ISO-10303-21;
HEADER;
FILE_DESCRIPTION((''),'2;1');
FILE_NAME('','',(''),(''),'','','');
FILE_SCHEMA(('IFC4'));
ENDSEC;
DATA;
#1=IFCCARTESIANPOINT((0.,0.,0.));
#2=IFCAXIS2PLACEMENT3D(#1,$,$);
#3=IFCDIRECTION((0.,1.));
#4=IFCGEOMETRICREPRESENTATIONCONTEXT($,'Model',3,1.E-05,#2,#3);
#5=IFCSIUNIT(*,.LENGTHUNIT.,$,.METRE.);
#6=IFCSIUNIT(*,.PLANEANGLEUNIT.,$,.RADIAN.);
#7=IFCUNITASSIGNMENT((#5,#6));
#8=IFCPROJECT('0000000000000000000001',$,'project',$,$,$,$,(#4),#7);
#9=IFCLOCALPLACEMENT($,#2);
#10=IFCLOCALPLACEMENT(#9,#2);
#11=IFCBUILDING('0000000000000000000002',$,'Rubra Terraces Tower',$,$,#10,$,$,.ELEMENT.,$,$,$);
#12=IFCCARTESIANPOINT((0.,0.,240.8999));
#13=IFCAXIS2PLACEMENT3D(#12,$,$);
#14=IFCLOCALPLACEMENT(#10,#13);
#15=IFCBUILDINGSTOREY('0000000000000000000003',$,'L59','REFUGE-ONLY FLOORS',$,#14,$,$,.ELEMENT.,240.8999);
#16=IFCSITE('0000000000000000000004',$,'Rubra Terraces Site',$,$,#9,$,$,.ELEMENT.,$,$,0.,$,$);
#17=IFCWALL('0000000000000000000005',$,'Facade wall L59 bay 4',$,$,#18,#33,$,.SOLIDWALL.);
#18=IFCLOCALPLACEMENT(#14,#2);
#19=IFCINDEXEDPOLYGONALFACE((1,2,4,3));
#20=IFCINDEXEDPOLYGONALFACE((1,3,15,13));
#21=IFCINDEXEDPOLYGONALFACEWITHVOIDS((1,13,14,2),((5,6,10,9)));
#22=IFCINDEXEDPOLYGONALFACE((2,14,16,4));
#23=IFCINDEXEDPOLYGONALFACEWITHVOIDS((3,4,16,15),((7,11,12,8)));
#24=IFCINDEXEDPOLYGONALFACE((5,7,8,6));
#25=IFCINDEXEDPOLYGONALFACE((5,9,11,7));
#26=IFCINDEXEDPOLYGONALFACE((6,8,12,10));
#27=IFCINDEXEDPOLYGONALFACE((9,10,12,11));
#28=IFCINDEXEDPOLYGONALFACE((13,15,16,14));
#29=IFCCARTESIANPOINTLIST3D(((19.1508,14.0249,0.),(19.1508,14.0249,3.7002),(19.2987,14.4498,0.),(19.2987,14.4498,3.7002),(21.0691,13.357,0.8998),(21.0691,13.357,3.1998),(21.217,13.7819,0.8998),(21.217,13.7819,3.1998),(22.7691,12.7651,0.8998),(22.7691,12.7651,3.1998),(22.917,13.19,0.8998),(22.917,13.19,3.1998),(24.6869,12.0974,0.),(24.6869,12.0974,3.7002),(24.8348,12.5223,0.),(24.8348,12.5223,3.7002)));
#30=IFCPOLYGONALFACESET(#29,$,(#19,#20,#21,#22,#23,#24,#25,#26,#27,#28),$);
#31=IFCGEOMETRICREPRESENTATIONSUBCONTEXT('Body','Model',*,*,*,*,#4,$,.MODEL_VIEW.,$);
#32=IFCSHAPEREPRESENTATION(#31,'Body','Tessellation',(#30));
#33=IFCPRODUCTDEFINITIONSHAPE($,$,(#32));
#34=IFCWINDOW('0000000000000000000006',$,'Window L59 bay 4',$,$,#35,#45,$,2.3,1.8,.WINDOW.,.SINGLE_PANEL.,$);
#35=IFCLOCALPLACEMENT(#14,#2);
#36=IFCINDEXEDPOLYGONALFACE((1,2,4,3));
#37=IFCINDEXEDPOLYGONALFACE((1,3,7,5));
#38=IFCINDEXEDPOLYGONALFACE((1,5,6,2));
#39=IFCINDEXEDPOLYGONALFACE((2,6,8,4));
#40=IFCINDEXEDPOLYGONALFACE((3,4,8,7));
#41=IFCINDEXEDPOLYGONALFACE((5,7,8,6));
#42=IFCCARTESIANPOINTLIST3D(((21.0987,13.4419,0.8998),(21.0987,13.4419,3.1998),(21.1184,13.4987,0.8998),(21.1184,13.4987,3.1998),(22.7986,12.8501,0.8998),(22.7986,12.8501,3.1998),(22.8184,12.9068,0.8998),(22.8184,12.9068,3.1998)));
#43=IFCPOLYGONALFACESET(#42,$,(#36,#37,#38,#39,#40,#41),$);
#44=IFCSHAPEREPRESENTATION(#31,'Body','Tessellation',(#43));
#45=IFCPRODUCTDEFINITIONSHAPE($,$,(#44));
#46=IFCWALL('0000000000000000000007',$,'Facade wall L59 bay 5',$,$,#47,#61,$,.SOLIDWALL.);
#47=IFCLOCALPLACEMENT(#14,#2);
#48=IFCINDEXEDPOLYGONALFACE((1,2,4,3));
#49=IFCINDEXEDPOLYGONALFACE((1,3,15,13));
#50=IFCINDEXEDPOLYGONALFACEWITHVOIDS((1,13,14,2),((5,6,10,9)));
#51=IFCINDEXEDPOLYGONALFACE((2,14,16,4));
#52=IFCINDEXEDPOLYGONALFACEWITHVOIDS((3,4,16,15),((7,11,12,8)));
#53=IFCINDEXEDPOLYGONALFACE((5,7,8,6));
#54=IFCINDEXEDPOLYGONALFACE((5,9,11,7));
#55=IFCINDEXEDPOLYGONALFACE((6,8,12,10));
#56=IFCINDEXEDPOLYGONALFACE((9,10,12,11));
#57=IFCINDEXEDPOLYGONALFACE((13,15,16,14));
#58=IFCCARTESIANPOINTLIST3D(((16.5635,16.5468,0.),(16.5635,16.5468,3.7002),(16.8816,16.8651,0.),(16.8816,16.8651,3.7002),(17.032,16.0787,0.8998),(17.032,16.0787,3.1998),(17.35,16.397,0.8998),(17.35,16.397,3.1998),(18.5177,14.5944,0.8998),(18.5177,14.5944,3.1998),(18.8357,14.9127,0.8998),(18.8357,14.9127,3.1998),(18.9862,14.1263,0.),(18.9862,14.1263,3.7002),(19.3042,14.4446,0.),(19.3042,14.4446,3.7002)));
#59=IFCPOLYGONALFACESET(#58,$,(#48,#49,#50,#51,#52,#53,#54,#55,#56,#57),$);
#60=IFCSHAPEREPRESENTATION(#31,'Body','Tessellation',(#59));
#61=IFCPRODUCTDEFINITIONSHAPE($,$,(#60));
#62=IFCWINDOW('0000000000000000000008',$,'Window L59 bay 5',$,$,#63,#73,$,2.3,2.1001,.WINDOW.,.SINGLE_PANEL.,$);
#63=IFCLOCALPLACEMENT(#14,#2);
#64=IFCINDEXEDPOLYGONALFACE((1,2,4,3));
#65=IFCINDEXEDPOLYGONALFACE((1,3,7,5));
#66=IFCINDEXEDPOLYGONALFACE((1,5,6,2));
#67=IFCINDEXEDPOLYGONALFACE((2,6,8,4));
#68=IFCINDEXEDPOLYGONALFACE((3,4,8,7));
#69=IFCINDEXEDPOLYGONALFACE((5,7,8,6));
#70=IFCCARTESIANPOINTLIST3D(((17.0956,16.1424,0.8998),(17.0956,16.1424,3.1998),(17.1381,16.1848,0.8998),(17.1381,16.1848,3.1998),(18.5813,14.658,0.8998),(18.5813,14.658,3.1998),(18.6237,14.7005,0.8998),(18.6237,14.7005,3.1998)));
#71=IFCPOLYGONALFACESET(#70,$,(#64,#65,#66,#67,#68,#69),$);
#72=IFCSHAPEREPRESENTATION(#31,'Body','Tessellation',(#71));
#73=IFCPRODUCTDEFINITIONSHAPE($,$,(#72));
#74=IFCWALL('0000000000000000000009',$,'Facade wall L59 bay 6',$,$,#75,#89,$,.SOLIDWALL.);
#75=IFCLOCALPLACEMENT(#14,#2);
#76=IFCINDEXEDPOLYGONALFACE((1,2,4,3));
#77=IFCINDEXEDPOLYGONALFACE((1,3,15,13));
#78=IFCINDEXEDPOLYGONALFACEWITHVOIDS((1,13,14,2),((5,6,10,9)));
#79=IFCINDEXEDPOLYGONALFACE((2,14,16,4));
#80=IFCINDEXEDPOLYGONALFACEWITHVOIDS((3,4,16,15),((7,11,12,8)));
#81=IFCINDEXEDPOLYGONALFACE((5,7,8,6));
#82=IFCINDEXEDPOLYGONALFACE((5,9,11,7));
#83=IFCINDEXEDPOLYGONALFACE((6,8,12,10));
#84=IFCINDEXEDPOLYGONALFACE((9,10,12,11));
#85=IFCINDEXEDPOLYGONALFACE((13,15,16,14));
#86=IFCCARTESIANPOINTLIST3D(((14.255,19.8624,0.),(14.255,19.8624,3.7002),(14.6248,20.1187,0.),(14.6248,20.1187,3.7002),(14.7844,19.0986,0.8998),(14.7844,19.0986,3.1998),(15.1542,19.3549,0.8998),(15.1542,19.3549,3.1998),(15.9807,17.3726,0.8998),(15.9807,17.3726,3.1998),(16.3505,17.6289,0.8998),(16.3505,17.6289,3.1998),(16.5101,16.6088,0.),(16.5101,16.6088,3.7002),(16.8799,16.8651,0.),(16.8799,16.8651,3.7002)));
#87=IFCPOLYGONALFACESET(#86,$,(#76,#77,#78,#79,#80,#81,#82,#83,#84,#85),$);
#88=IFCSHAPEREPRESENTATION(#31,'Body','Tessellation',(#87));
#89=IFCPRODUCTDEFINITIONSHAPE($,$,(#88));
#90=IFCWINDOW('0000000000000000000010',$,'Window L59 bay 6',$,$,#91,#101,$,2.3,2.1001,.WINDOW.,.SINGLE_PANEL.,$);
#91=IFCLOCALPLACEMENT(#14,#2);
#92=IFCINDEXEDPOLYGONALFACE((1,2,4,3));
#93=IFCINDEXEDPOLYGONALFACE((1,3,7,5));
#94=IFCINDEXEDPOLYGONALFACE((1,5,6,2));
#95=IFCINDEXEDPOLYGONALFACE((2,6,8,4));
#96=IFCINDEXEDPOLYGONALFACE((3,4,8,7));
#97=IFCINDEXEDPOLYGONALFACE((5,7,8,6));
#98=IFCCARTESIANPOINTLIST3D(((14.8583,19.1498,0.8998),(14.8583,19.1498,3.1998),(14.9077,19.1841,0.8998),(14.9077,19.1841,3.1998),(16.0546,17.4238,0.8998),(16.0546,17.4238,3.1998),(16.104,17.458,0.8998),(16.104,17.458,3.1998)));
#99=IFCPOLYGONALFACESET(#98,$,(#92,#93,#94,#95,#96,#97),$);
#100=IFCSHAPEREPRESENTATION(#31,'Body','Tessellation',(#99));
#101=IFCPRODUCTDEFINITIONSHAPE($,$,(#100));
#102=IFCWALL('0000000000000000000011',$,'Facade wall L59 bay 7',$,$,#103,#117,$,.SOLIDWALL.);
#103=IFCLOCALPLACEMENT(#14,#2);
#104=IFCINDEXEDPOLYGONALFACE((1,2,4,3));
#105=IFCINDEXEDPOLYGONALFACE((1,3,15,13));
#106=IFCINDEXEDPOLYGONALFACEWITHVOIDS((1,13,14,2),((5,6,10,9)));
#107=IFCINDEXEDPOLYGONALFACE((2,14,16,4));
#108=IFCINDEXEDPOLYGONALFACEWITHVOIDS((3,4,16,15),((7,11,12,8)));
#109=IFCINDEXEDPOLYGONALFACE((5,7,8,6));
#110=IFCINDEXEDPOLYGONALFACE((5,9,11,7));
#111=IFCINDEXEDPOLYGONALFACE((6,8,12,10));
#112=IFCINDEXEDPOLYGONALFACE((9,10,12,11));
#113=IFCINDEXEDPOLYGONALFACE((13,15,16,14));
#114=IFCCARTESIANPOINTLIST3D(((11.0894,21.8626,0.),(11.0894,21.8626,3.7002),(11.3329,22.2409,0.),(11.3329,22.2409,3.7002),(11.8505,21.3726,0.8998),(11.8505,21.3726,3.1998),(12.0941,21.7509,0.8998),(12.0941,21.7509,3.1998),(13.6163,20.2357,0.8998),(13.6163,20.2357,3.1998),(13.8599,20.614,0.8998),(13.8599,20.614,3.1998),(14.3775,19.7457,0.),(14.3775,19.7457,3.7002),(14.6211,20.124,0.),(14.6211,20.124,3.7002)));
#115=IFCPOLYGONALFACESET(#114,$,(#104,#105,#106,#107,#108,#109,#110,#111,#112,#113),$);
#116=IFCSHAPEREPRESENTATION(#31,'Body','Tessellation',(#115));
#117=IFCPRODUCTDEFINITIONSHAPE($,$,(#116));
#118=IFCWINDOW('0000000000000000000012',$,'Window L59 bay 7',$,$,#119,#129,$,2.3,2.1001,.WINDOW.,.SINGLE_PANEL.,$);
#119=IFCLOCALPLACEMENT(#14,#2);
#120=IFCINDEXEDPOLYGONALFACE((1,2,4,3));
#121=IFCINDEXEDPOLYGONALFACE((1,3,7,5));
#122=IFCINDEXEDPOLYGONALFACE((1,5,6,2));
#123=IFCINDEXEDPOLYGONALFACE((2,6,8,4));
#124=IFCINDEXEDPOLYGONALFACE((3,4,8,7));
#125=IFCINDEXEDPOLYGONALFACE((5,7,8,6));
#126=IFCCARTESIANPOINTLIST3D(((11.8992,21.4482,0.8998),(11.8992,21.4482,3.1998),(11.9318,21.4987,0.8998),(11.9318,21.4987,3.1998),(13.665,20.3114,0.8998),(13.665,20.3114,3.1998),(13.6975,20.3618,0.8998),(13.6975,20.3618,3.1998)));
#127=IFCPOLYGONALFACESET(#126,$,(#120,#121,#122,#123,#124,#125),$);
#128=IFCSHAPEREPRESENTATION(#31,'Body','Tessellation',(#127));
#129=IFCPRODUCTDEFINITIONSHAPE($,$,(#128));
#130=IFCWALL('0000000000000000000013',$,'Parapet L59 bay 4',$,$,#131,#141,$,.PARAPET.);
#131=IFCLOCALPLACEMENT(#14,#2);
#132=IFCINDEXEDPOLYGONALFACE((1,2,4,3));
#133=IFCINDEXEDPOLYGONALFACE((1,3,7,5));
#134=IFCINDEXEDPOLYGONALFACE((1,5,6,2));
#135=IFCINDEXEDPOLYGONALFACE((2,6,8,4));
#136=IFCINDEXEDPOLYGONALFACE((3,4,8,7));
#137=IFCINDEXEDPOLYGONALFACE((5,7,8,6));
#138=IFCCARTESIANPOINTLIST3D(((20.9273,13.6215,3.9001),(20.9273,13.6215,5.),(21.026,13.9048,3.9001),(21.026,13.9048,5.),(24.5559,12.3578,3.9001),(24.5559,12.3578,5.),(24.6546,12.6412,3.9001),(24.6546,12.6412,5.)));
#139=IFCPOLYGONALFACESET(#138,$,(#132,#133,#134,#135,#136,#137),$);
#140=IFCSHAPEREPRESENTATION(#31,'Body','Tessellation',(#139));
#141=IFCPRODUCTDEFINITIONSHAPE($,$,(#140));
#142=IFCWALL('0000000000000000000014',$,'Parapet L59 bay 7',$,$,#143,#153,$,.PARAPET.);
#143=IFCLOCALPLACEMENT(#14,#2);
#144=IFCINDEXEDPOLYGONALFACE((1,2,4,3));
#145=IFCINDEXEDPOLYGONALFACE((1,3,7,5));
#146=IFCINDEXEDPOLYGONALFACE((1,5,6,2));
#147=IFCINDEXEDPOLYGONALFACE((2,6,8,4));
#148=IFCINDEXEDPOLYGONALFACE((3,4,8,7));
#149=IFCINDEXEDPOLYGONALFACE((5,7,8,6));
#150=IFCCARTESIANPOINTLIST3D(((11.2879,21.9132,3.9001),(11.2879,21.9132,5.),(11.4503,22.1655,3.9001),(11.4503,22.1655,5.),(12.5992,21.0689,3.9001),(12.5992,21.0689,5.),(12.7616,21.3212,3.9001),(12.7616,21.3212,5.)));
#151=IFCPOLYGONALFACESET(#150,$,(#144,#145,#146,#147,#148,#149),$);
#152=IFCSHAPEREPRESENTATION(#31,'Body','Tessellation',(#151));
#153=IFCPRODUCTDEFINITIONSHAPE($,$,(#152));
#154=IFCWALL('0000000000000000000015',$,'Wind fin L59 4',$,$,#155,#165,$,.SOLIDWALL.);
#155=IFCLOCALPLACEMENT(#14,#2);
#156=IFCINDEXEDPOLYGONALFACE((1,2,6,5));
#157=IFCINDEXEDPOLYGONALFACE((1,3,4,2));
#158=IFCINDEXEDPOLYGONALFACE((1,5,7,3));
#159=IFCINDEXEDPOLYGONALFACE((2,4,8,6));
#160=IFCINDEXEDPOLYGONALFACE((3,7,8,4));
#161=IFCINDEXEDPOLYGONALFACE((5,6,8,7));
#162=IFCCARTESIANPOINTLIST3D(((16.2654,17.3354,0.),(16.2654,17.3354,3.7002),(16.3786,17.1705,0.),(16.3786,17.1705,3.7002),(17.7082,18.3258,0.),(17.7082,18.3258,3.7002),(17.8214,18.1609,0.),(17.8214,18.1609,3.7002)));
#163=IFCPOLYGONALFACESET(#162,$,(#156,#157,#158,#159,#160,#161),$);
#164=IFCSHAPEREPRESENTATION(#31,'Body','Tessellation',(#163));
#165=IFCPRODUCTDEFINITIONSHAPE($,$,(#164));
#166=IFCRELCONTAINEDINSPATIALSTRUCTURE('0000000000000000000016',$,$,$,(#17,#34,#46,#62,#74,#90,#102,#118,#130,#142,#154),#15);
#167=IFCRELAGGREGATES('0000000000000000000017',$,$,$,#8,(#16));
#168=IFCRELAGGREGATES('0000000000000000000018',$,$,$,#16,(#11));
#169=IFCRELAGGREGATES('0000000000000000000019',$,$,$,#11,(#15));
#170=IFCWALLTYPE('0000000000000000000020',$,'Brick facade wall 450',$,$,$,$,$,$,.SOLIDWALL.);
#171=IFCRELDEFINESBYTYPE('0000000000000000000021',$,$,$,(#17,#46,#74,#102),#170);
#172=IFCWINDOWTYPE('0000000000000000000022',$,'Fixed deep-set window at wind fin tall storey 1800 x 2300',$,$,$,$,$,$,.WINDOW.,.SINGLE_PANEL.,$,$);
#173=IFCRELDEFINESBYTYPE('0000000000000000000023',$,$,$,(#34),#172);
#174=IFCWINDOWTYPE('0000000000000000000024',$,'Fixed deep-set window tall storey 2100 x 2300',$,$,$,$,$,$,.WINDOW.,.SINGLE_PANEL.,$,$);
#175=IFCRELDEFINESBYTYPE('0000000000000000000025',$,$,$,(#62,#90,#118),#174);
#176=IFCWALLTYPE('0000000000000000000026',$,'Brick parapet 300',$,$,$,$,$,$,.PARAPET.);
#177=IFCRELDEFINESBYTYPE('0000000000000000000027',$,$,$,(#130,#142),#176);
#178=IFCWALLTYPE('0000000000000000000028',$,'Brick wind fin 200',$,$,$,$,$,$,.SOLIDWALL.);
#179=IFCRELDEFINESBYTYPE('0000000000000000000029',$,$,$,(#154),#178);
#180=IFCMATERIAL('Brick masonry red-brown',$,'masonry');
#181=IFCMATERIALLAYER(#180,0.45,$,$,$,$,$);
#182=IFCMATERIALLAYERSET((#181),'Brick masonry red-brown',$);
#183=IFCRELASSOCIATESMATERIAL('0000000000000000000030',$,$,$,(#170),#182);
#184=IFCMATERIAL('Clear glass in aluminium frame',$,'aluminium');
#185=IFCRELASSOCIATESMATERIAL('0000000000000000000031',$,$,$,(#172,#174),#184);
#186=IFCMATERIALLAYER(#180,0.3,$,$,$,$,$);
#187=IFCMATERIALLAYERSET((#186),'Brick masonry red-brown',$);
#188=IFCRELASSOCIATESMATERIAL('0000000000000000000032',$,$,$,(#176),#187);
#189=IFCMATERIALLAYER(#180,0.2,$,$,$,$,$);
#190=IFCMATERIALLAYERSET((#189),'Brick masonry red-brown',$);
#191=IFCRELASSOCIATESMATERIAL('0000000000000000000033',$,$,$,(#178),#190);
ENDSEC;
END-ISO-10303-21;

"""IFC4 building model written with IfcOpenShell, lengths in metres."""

from ifc_helpers import new_model, si_unit, direction, frame, frame_2d, origin, place, context, subcontext, project, spatial, rectangle, extrude, material, layer, layer_set, type_object, element, fill, save


model = new_model("IFC4")

# Units and contexts
model_context = context("Model", 3, precision=1e-05, world=origin(), true_north=direction((0.0, 1.0)))
body_context = subcontext(model_context, "Body", "Model", "MODEL_VIEW")
ifc_project = project(units=[si_unit("LENGTHUNIT", "METRE"), si_unit("PLANEANGLEUNIT", "RADIAN")], contexts=[model_context])

# Site, building, storey
site_placement = place(None, origin())
site = spatial("IfcSite", under=ifc_project, at=site_placement, Name="Rubra Terraces Site", CompositionType="ELEMENT", RefElevation=0.0)
building_placement = place(site_placement, origin())
building = spatial("IfcBuilding", under=site, at=building_placement, Name="Rubra Terraces Tower", CompositionType="ELEMENT")
storey_placement = place(building_placement, frame((0.0, 0.0, 240.8999)))
storey = spatial("IfcBuildingStorey", under=building, at=storey_placement, Name="L59", Description="REFUGE-ONLY FLOORS", CompositionType="ELEMENT", Elevation=240.8999)

# Walls, openings, windows
ifc_material_1 = material(Name="Brick masonry red-brown", Category="masonry")
ifc_layer_1 = layer(ifc_material_1, 0.45)
ifc_layer_set_1 = layer_set([ifc_layer_1], Name="Brick masonry red-brown")
wall_type_1 = type_object("IfcWallType", Name="Brick facade wall 450", PredefinedType="SOLIDWALL", material=ifc_layer_set_1)
wall_1_placement = place(storey_placement, frame((24.761, 12.3098, 0.0), z_axis=(0.0, 0.0, 1.0), x_axis=(-0.944397, 0.328807, 0.0)))
wall_1 = element("IfcWall", 1, at=wall_1_placement, inside=storey, type_object=wall_type_1, Name="Facade wall L59 bay 4", PredefinedType="SOLIDWALL", context=body_context, shape_type="SweptSolid", body=[
    extrude(rectangle(XDim=5.8621, YDim=0.45, at=frame_2d((2.9312, 0.0))), origin(), (0.0, 0.0, 1.0), 3.7002),
])
opening_1_placement = place(wall_1_placement, frame((2.031, 0.0, 0.8999)))
opening_1 = element("IfcOpeningElement", 2, at=opening_1_placement, cuts=wall_1, PredefinedType="OPENING", context=body_context, shape_type="SweptSolid", body=[
    extrude(rectangle(XDim=1.8, YDim=2.3, at=frame_2d((0.8999, 1.1499))), frame((0.0, 0.2349, 0.0), z_axis=(0.0, -1.0, 0.0), x_axis=(1.0, 0.0, 0.0)), (0.0, 0.0, 1.0), 0.47),
])
ifc_material_2 = material(Name="Clear glass in aluminium frame", Category="aluminium")
window_type_1 = type_object("IfcWindowType", Name="Fixed deep-set window at wind fin tall storey 1800 x 2300", PartitioningType="SINGLE_PANEL", PredefinedType="WINDOW", material=ifc_material_2)
window_1_placement = place(opening_1_placement, origin())
window_1 = element("IfcWindow", 3, at=window_1_placement, inside=storey, type_object=window_type_1, Name="Window L59 bay 4", OverallHeight=2.3, OverallWidth=1.8, PartitioningType="SINGLE_PANEL", PredefinedType="WINDOW", context=body_context, shape_type="SweptSolid", body=[
    extrude(rectangle(XDim=1.8, YDim=2.3, at=frame_2d((0.8999, 1.1499))), frame((0.0, 0.135, 0.0), z_axis=(0.0, -1.0, 0.0), x_axis=(1.0, 0.0, 0.0)), (0.0, 0.0, 1.0), 0.0601),
])
fill(opening_1, window_1)
wall_2_placement = place(storey_placement, frame((19.1453, 14.2854, 0.0), z_axis=(0.0, 0.0, 1.0), x_axis=(-0.707428, 0.706786, 0.0)))
wall_2 = element("IfcWall", 4, at=wall_2_placement, inside=storey, type_object=wall_type_1, Name="Facade wall L59 bay 5", PredefinedType="SOLIDWALL", context=body_context, shape_type="SweptSolid", body=[
    extrude(rectangle(XDim=3.4246, YDim=0.45, at=frame_2d((1.7124, 0.0))), origin(), (0.0, 0.0, 1.0), 3.7002),
])
opening_2_placement = place(wall_2_placement, frame((0.6624, 0.0, 0.8999)))
opening_2 = element("IfcOpeningElement", 5, at=opening_2_placement, cuts=wall_2, PredefinedType="OPENING", context=body_context, shape_type="SweptSolid", body=[
    extrude(rectangle(XDim=2.1001, YDim=2.3, at=frame_2d((1.05, 1.1499))), frame((0.0, 0.2349, 0.0), z_axis=(0.0, -1.0, 0.0), x_axis=(1.0, 0.0, 0.0)), (0.0, 0.0, 1.0), 0.47),
])
window_type_2 = type_object("IfcWindowType", Name="Fixed deep-set window tall storey 2100 x 2300", PartitioningType="SINGLE_PANEL", PredefinedType="WINDOW", material=ifc_material_2)
window_2_placement = place(opening_2_placement, origin())
window_2 = element("IfcWindow", 6, at=window_2_placement, inside=storey, type_object=window_type_2, Name="Window L59 bay 5", OverallHeight=2.3, OverallWidth=2.1001, PartitioningType="SINGLE_PANEL", PredefinedType="WINDOW", context=body_context, shape_type="SweptSolid", body=[
    extrude(rectangle(XDim=2.1001, YDim=2.3, at=frame_2d((1.05, 1.1499))), frame((0.0, 0.135, 0.0), z_axis=(0.0, -1.0, 0.0), x_axis=(1.0, 0.0, 0.0)), (0.0, 0.0, 1.0), 0.0601),
])
fill(opening_2, window_2)
wall_3_placement = place(storey_placement, frame((16.6951, 16.7368, 0.0), z_axis=(0.0, 0.0, 1.0), x_axis=(-0.569652, 0.821886, 0.0)))
wall_3 = element("IfcWall", 7, at=wall_3_placement, inside=storey, type_object=wall_type_1, Name="Facade wall L59 bay 6", PredefinedType="SOLIDWALL", context=body_context, shape_type="SweptSolid", body=[
    extrude(rectangle(XDim=3.9587, YDim=0.45, at=frame_2d((1.9795, 0.0))), origin(), (0.0, 0.0, 1.0), 3.7002),
])
opening_3_placement = place(wall_3_placement, frame((0.9294, 0.0, 0.8999)))
opening_3 = element("IfcOpeningElement", 8, at=opening_3_placement, cuts=wall_3, PredefinedType="OPENING", context=body_context, shape_type="SweptSolid", body=[
    extrude(rectangle(XDim=2.1001, YDim=2.3, at=frame_2d((1.05, 1.1499))), frame((0.0, 0.2349, 0.0), z_axis=(0.0, -1.0, 0.0), x_axis=(1.0, 0.0, 0.0)), (0.0, 0.0, 1.0), 0.47),
])
window_3_placement = place(opening_3_placement, origin())
window_3 = element("IfcWindow", 9, at=window_3_placement, inside=storey, type_object=window_type_2, Name="Window L59 bay 6", OverallHeight=2.3, OverallWidth=2.1001, PartitioningType="SINGLE_PANEL", PredefinedType="WINDOW", context=body_context, shape_type="SweptSolid", body=[
    extrude(rectangle(XDim=2.1001, YDim=2.3, at=frame_2d((1.05, 1.1499))), frame((0.0, 0.135, 0.0), z_axis=(0.0, -1.0, 0.0), x_axis=(1.0, 0.0, 0.0)), (0.0, 0.0, 1.0), 0.0601),
])
fill(opening_3, window_3)
wall_4_placement = place(storey_placement, frame((14.4993, 19.9348, 0.0), z_axis=(0.0, 0.0, 1.0), x_axis=(-0.840809, 0.541332, 0.0)))
wall_4 = element("IfcWall", 10, at=wall_4_placement, inside=storey, type_object=wall_type_1, Name="Facade wall L59 bay 7", PredefinedType="SOLIDWALL", context=body_context, shape_type="SweptSolid", body=[
    extrude(rectangle(XDim=3.9106, YDim=0.45, at=frame_2d((1.9553, 0.0))), origin(), (0.0, 0.0, 1.0), 3.7002),
])
opening_4_placement = place(wall_4_placement, frame((0.9053, 0.0, 0.8999)))
opening_4 = element("IfcOpeningElement", 11, at=opening_4_placement, cuts=wall_4, PredefinedType="OPENING", context=body_context, shape_type="SweptSolid", body=[
    extrude(rectangle(XDim=2.1001, YDim=2.3, at=frame_2d((1.05, 1.1499))), frame((0.0, 0.2349, 0.0), z_axis=(0.0, -1.0, 0.0), x_axis=(1.0, 0.0, 0.0)), (0.0, 0.0, 1.0), 0.47),
])
window_4_placement = place(opening_4_placement, origin())
window_4 = element("IfcWindow", 12, at=window_4_placement, inside=storey, type_object=window_type_2, Name="Window L59 bay 7", OverallHeight=2.3, OverallWidth=2.1001, PartitioningType="SINGLE_PANEL", PredefinedType="WINDOW", context=body_context, shape_type="SweptSolid", body=[
    extrude(rectangle(XDim=2.1001, YDim=2.3, at=frame_2d((1.05, 1.1499))), frame((0.0, 0.135, 0.0), z_axis=(0.0, -1.0, 0.0), x_axis=(1.0, 0.0, 0.0)), (0.0, 0.0, 1.0), 0.0601),
])
fill(opening_4, window_4)

# Walls
ifc_layer_2 = layer(ifc_material_1, 0.3)
ifc_layer_set_2 = layer_set([ifc_layer_2], Name="Brick masonry red-brown")
wall_type_2 = type_object("IfcWallType", Name="Brick parapet 300", PredefinedType="PARAPET", material=ifc_layer_set_2)
wall_5_placement = place(storey_placement, frame((24.6052, 12.4995, 3.9001), z_axis=(0.0, 0.0, 1.0), x_axis=(-0.944373, 0.328875, 0.0)))
element("IfcWall", 13, at=wall_5_placement, inside=storey, type_object=wall_type_2, Name="Parapet L59 bay 4", PredefinedType="PARAPET", context=body_context, shape_type="SweptSolid", body=[
    extrude(rectangle(XDim=3.8423, YDim=0.3, at=frame_2d((1.9211, 0.0))), origin(), (0.0, 0.0, 1.0), 1.0999),
])
wall_6_placement = place(storey_placement, frame((12.6804, 21.1951, 3.9001), z_axis=(0.0, 0.0, 1.0), x_axis=(-0.840807, 0.541335, 0.0)))
element("IfcWall", 14, at=wall_6_placement, inside=storey, type_object=wall_type_2, Name="Parapet L59 bay 7", PredefinedType="PARAPET", context=body_context, shape_type="SweptSolid", body=[
    extrude(rectangle(XDim=1.5596, YDim=0.3, at=frame_2d((0.7798, 0.0))), origin(), (0.0, 0.0, 1.0), 1.0999),
])
ifc_layer_3 = layer(ifc_material_1, 0.2)
ifc_layer_set_3 = layer_set([ifc_layer_3], Name="Brick masonry red-brown")
wall_type_3 = type_object("IfcWallType", Name="Brick wind fin 200", PredefinedType="SOLIDWALL", material=ifc_layer_set_3)
wall_7_placement = place(storey_placement, frame((16.322, 17.2529, 0.0), z_axis=(0.0, 0.0, 1.0), x_axis=(0.824441, 0.565948, 0.0)))
element("IfcWall", 15, at=wall_7_placement, inside=storey, type_object=wall_type_3, Name="Wind fin L59 4", PredefinedType="SOLIDWALL", context=body_context, shape_type="SweptSolid", body=[
    extrude(rectangle(XDim=1.75, YDim=0.2, at=frame_2d((0.875, 0.0))), origin(), (0.0, 0.0, 1.0), 3.7002),
])

save(model, "model.ifc")
